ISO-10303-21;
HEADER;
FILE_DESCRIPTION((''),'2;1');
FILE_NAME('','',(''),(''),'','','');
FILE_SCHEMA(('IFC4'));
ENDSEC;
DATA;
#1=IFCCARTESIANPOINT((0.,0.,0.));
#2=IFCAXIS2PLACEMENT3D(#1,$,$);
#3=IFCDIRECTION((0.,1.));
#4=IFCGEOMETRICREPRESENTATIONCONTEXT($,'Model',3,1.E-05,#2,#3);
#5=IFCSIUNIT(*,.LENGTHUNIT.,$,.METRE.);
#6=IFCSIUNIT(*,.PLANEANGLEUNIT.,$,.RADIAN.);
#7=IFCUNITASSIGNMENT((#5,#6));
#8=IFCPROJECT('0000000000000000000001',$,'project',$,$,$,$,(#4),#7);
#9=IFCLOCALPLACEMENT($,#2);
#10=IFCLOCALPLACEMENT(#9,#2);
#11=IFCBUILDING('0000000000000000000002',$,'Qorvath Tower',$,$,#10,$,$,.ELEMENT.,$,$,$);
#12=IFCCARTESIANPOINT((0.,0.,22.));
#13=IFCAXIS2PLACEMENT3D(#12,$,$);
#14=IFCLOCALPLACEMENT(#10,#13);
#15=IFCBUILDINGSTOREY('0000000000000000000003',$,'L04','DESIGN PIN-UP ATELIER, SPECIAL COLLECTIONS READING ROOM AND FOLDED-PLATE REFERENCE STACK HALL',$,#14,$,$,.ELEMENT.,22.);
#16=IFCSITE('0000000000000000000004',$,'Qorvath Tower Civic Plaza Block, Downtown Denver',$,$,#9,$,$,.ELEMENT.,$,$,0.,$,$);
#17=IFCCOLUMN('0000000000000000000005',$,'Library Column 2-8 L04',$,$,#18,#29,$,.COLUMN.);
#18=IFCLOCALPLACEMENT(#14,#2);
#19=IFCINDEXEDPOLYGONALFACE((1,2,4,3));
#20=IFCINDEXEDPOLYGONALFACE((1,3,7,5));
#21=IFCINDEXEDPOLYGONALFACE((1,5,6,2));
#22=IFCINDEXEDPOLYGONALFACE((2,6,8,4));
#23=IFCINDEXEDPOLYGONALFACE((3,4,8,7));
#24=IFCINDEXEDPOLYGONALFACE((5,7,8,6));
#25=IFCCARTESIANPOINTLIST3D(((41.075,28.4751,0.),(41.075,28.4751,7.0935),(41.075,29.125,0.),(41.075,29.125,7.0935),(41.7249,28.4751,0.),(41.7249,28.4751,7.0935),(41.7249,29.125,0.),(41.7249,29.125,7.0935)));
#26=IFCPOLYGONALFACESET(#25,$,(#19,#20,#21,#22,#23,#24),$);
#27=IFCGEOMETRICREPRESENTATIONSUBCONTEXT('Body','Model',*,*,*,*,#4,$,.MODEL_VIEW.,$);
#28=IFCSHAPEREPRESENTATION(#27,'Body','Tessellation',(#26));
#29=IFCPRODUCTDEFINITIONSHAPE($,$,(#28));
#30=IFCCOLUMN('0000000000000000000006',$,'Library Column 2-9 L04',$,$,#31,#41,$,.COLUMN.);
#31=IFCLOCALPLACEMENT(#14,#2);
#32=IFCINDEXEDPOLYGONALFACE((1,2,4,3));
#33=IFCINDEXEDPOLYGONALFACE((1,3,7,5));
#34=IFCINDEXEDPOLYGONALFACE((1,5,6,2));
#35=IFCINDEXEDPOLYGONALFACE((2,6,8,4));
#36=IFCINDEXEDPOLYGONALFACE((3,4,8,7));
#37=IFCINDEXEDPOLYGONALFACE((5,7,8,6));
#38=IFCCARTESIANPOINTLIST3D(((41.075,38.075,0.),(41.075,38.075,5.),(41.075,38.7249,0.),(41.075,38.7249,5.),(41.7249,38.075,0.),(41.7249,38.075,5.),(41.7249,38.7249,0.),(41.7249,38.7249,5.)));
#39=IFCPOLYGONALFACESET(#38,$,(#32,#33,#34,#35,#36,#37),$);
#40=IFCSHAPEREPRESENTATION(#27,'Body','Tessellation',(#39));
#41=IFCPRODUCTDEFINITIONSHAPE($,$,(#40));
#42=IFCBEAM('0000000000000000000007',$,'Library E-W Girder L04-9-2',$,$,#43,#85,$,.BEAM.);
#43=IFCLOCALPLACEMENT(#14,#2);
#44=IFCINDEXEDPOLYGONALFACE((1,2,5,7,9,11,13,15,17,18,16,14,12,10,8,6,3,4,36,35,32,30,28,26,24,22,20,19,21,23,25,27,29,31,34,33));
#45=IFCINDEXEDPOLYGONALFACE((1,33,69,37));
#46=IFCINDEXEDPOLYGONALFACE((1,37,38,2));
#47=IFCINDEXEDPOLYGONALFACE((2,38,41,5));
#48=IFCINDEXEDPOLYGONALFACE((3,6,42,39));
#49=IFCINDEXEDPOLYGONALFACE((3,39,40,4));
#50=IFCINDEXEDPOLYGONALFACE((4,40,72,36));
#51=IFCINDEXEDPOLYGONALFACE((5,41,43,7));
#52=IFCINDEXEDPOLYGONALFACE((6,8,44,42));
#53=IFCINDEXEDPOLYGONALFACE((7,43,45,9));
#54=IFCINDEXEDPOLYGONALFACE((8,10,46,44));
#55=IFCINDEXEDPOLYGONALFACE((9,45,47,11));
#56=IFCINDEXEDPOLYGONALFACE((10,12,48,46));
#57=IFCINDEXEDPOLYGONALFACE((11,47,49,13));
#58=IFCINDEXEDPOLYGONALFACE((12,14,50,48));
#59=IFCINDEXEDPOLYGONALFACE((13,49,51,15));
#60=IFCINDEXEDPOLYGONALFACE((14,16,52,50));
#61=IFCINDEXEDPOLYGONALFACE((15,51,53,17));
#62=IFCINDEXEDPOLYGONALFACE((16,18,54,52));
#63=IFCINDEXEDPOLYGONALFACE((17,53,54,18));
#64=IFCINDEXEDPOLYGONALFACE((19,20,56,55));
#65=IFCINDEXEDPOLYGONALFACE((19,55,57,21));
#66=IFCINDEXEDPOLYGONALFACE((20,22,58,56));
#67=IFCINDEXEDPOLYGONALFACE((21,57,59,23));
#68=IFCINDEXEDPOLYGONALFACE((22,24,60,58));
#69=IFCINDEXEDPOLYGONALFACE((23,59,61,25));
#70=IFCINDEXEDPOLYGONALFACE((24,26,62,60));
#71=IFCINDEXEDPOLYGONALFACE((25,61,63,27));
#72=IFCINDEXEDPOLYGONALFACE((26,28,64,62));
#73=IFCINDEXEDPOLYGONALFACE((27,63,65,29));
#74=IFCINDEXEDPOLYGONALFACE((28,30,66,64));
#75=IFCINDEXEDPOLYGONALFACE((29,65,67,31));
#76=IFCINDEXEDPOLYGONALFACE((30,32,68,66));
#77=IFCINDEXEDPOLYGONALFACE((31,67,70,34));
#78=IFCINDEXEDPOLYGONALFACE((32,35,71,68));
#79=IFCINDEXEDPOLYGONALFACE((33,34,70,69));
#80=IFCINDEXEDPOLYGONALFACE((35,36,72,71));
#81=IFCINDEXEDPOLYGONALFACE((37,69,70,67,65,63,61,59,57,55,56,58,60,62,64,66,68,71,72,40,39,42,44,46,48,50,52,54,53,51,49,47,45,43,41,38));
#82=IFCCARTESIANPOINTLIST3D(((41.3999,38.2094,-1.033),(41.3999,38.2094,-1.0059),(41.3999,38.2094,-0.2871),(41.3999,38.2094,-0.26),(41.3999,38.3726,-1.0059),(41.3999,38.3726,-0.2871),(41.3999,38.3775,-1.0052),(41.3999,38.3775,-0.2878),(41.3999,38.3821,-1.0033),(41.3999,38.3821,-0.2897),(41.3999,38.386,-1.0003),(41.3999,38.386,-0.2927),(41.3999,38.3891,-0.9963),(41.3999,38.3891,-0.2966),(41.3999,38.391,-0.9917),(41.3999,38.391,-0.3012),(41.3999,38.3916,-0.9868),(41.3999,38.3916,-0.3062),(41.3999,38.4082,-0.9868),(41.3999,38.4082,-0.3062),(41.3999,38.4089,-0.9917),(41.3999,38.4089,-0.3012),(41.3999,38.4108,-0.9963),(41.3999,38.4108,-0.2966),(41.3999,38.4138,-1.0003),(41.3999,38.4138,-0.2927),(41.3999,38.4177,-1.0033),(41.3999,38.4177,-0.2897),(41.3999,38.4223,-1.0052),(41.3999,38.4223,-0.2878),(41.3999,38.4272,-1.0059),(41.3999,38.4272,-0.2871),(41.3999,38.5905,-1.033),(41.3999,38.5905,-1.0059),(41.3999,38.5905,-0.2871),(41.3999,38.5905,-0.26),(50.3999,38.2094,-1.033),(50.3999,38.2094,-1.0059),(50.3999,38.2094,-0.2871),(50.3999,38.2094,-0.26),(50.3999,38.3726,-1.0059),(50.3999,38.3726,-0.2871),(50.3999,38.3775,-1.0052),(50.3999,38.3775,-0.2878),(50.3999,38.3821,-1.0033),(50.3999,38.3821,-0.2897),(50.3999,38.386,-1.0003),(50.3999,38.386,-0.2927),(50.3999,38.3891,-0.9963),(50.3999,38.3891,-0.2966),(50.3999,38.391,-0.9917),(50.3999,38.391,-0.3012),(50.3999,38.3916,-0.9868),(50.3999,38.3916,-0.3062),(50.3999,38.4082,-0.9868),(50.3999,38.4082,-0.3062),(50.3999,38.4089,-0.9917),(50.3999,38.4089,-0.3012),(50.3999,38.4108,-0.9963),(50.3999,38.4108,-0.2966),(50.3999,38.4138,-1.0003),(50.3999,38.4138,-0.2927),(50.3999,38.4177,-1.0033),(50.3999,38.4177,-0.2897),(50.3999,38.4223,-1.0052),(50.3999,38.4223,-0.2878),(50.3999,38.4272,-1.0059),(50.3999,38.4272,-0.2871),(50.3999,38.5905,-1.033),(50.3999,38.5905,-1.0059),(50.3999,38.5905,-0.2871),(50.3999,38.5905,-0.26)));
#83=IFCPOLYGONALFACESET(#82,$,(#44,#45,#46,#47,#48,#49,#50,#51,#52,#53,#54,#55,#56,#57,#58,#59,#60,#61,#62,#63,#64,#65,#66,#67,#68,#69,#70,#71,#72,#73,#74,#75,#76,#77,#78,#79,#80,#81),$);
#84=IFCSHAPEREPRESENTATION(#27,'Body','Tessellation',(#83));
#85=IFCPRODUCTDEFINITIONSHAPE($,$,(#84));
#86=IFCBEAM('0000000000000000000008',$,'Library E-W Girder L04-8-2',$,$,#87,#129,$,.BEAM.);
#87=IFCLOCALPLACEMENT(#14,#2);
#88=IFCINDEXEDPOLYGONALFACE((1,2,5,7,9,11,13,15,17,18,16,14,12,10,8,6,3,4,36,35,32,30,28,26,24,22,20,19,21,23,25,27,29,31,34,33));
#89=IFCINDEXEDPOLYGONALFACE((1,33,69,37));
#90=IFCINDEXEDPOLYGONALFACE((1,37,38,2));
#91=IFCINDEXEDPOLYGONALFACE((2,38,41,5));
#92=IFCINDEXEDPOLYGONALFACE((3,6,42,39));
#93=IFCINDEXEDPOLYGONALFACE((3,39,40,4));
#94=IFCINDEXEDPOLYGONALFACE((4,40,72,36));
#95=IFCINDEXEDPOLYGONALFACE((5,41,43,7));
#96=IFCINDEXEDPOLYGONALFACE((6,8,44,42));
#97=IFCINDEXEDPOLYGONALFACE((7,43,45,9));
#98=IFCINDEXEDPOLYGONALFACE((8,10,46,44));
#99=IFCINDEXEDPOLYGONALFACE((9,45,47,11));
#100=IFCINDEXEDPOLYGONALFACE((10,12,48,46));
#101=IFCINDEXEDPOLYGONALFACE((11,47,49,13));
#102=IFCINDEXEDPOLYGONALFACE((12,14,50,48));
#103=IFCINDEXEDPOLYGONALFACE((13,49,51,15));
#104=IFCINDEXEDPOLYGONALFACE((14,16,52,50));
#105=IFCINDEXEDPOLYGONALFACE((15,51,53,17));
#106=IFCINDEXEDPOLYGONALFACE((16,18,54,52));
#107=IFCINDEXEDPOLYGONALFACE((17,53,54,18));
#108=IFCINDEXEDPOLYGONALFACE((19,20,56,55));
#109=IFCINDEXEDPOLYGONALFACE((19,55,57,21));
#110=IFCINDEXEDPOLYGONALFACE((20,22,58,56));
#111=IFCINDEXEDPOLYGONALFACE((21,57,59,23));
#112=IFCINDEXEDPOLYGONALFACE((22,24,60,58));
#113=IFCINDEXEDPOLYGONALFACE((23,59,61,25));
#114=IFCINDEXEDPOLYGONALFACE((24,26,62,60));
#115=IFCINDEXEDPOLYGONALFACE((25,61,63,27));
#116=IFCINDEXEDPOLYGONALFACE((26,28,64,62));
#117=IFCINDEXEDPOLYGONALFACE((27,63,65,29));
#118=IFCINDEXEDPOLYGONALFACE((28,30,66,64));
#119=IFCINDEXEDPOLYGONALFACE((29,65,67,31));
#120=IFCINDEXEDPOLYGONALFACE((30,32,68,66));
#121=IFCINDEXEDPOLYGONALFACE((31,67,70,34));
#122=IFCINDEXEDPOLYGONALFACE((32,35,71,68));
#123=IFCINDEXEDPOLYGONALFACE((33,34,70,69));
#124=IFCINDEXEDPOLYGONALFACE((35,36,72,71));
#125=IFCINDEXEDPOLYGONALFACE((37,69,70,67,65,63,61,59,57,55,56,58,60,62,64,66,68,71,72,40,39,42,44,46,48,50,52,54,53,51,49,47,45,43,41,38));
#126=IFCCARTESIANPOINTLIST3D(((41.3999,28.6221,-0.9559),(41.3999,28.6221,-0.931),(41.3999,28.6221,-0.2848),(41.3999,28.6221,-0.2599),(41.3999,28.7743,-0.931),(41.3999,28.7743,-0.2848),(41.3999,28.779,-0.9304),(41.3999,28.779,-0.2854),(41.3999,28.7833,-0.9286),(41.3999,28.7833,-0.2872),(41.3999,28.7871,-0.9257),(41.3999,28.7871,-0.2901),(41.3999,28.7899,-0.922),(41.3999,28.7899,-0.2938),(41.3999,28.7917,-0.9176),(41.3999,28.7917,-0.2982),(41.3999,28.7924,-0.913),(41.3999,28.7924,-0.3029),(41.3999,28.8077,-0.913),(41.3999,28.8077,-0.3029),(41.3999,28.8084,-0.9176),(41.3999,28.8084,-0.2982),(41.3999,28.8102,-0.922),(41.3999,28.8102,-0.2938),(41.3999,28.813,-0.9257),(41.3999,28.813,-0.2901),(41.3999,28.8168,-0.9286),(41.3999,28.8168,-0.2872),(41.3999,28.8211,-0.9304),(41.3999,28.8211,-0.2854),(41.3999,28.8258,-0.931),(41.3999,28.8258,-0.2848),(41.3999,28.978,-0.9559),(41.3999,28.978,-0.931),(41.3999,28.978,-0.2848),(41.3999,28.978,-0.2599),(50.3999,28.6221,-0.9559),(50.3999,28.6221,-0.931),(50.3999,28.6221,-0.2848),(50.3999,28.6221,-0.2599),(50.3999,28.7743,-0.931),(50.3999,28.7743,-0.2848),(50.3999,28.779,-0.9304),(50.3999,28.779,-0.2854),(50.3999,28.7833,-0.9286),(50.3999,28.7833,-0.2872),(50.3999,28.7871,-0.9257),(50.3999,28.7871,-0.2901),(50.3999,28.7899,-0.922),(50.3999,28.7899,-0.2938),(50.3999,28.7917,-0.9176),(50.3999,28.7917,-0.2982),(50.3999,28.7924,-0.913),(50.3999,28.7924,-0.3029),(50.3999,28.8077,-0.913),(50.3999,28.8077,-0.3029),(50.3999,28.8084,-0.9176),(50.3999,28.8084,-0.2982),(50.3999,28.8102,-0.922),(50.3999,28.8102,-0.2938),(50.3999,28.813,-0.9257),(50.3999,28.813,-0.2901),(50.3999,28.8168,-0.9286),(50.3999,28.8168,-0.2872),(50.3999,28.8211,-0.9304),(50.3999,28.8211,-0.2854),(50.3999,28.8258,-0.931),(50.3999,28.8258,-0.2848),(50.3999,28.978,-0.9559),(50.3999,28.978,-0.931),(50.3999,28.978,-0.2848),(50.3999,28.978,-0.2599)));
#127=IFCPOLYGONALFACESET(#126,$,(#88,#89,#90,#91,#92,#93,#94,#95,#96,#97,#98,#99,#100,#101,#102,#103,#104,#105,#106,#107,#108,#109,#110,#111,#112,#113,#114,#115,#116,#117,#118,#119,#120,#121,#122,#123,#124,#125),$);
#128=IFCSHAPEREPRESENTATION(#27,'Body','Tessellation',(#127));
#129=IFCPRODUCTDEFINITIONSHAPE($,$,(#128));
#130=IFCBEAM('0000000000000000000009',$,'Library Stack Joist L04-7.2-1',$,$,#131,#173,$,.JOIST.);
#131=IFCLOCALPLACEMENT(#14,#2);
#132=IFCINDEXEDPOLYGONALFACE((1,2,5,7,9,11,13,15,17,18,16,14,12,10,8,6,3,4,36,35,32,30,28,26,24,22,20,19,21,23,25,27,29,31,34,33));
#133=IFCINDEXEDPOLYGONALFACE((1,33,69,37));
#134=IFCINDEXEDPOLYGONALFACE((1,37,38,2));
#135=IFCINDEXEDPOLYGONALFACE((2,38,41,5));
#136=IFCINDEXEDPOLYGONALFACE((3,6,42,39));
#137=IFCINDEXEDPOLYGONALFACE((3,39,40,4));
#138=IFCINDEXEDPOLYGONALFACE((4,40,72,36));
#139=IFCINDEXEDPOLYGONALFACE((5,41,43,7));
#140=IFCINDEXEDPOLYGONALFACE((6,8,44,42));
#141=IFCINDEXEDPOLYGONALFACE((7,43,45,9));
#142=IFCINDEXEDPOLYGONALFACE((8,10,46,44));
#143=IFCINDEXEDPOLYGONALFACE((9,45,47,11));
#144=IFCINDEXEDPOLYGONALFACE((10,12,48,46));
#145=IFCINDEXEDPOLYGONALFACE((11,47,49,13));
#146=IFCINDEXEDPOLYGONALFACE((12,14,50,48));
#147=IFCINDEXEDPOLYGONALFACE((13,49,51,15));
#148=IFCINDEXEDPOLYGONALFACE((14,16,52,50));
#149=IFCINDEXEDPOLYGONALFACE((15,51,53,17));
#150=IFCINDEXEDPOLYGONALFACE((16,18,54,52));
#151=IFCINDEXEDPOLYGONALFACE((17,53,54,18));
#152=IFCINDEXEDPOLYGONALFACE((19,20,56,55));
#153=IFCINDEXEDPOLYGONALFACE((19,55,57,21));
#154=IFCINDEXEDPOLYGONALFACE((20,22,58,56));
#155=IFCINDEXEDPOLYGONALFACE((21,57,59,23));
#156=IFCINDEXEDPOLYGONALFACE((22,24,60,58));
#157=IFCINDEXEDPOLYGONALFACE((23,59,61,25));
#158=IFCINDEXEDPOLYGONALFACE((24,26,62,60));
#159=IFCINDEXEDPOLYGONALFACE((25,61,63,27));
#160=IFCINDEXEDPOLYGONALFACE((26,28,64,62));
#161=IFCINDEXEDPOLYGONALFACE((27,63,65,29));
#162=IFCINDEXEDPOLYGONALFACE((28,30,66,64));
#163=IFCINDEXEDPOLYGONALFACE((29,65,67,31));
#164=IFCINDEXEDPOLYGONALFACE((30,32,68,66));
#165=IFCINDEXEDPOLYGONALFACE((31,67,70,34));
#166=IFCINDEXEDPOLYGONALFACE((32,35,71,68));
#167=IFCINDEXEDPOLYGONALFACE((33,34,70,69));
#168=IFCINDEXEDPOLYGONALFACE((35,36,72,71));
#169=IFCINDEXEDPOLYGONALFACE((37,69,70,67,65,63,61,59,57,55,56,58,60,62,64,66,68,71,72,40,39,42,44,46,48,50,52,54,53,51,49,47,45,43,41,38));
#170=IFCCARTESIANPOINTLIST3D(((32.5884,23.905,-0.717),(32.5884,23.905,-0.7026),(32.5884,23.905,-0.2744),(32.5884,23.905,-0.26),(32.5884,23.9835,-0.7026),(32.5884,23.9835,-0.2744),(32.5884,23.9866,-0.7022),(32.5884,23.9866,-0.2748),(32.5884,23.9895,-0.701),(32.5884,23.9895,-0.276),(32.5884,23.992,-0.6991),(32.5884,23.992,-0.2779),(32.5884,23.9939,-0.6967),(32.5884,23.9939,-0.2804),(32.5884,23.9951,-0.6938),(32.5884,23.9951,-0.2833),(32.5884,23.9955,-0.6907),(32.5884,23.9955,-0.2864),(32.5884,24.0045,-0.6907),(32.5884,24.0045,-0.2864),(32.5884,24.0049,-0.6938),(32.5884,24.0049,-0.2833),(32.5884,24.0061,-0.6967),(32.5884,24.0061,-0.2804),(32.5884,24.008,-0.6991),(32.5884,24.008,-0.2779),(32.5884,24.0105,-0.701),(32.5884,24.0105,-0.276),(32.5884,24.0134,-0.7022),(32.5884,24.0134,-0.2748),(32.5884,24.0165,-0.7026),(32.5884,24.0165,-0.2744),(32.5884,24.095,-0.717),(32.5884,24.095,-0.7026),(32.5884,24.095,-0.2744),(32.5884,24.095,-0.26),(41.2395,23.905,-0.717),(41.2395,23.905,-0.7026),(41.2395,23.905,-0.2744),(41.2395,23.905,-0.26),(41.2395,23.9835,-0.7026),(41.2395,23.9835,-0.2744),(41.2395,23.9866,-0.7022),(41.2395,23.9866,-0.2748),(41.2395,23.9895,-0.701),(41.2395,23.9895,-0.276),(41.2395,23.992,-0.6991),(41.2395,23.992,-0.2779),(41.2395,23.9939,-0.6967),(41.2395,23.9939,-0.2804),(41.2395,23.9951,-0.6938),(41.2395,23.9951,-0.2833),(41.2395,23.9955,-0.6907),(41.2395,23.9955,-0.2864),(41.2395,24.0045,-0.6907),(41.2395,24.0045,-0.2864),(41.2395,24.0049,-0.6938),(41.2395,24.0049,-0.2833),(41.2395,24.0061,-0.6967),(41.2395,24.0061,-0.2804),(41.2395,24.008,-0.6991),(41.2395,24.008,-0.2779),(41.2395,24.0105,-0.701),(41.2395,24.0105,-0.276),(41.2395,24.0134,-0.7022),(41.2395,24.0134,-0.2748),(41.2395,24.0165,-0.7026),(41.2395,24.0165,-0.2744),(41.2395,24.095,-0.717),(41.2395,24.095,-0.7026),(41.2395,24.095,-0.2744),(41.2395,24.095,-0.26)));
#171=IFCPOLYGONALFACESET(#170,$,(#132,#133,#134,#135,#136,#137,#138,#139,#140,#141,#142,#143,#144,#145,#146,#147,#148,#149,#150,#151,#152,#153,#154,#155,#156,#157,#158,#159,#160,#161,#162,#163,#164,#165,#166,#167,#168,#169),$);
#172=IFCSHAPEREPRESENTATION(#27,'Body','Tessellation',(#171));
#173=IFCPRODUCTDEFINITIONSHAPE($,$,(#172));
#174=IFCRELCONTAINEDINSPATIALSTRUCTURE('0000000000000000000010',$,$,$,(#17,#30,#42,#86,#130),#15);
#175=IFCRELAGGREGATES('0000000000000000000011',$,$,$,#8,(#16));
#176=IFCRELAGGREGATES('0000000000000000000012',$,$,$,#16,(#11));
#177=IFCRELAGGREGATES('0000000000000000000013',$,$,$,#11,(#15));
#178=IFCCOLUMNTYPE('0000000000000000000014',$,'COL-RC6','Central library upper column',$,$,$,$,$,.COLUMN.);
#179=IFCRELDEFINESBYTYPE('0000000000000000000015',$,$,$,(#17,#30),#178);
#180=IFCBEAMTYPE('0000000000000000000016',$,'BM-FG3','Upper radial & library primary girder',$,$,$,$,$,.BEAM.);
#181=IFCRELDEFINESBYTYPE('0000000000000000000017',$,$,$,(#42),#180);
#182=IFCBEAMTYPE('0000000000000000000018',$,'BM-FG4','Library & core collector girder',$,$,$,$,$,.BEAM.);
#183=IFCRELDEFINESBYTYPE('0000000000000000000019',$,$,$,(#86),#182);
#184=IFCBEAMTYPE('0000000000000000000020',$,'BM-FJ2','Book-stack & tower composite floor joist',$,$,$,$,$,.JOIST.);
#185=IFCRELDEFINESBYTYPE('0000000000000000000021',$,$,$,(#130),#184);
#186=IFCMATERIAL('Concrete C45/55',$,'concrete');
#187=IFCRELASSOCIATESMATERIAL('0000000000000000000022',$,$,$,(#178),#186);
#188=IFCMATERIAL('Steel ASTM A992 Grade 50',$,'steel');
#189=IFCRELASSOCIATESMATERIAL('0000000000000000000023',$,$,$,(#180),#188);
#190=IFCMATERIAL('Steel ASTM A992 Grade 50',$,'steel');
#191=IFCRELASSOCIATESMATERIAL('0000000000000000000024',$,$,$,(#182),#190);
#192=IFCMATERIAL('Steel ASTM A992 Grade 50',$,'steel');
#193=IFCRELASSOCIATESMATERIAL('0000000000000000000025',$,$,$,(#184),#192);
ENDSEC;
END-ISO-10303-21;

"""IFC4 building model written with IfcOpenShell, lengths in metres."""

from ifc_helpers import new_model, si_unit, direction, frame, origin, origin_2d, place, context, subcontext, project, spatial, rectangle, i_section, extrude, material, material_profile, profile_set, type_object, element, save


model = new_model("IFC4")

# Units and contexts
model_context = context("Model", 3, precision=1e-05, world=origin(), true_north=direction((0.0, 1.0)))
body_context = subcontext(model_context, "Body", "Model", "MODEL_VIEW")
ifc_project = project(units=[si_unit("LENGTHUNIT", "METRE"), si_unit("PLANEANGLEUNIT", "RADIAN")], contexts=[model_context])

# Site, building, storey
site_placement = place(None, origin())
site = spatial("IfcSite", under=ifc_project, at=site_placement, Name="Qorvath Tower Civic Plaza Block, Downtown Denver", CompositionType="ELEMENT", RefElevation=0.0)
building_placement = place(site_placement, origin())
building = spatial("IfcBuilding", under=site, at=building_placement, Name="Qorvath Tower", CompositionType="ELEMENT")
storey_placement = place(building_placement, frame((0.0, 0.0, 22.0)))
storey = spatial("IfcBuildingStorey", under=building, at=storey_placement, Name="L04", Description="DESIGN PIN-UP ATELIER, SPECIAL COLLECTIONS READING ROOM AND FOLDED-PLATE REFERENCE STACK HALL", CompositionType="ELEMENT", Elevation=22.0)

# Columns
ifc_material_1 = material(Name="Concrete C45/55", Category="concrete")
ifc_material_profile_1 = material_profile(ifc_material_1, rectangle(XDim=0.6499, YDim=0.6499, at=origin_2d()), Name="RC 650x650")
ifc_profile_set_1 = profile_set([ifc_material_profile_1], Name="Concrete C45/55")
column_type = type_object("IfcColumnType", Name="COL-RC6", Description="Central library upper column", PredefinedType="COLUMN", material=ifc_profile_set_1)
column_1_placement = place(storey_placement, frame((41.3999, 28.8, 0.0), z_axis=(0.0, 0.0, 1.0), x_axis=(1.0, 0.0, 0.0)))
element("IfcColumn", 1, at=column_1_placement, inside=storey, type_object=column_type, Name="Library Column 2-8 L04", PredefinedType="COLUMN", context=body_context, shape_type="SweptSolid", body=[
    extrude(rectangle(XDim=0.6499, YDim=0.6499, at=origin_2d()), origin(), (0.0, 0.0, 1.0), 7.0935),
])
column_2_placement = place(storey_placement, frame((41.3999, 38.3999, 0.0), z_axis=(0.0, 0.0, 1.0), x_axis=(1.0, 0.0, 0.0)))
element("IfcColumn", 2, at=column_2_placement, inside=storey, type_object=column_type, Name="Library Column 2-9 L04", PredefinedType="COLUMN", context=body_context, shape_type="SweptSolid", body=[
    extrude(rectangle(XDim=0.6499, YDim=0.6499, at=origin_2d()), origin(), (0.0, 0.0, 1.0), 5.0),
])

# Beams
ifc_material_2 = material(Name="Steel ASTM A992 Grade 50", Category="steel")
ifc_material_profile_2 = material_profile(ifc_material_2, i_section(OverallWidth=0.3811, OverallDepth=0.7729, WebThickness=0.0166, FlangeThickness=0.0271, FilletRadius=0.019, at=origin_2d()), Name="W30x173")
ifc_profile_set_2 = profile_set([ifc_material_profile_2], Name="Steel ASTM A992 Grade 50")
beam_type_1 = type_object("IfcBeamType", Name="BM-FG3", Description="Upper radial & library primary girder", PredefinedType="BEAM", material=ifc_profile_set_2)
beam_1_placement = place(storey_placement, frame((41.3999, 38.3999, -0.6465), z_axis=(1.0, 0.0, 0.0), x_axis=(0.0, 1.0, 0.0)))
element("IfcBeam", 3, at=beam_1_placement, inside=storey, type_object=beam_type_1, Name="Library E-W Girder L04-9-2", PredefinedType="BEAM", context=body_context, shape_type="SweptSolid", body=[
    extrude(i_section(OverallWidth=0.3811, OverallDepth=0.7729, WebThickness=0.0166, FlangeThickness=0.0271, FilletRadius=0.019, at=origin_2d()), origin(), (0.0, 0.0, 1.0), 9.0),
])
ifc_material_3 = material(Name="Steel ASTM A992 Grade 50", Category="steel")
ifc_material_profile_3 = material_profile(ifc_material_3, i_section(OverallWidth=0.356, OverallDepth=0.696, WebThickness=0.0154, FlangeThickness=0.0249, FilletRadius=0.0181, at=origin_2d()), Name="W27x146")
ifc_profile_set_3 = profile_set([ifc_material_profile_3], Name="Steel ASTM A992 Grade 50")
beam_type_2 = type_object("IfcBeamType", Name="BM-FG4", Description="Library & core collector girder", PredefinedType="BEAM", material=ifc_profile_set_3)
beam_2_placement = place(storey_placement, frame((41.3999, 28.8, -0.6079), z_axis=(1.0, 0.0, 0.0), x_axis=(0.0, 1.0, 0.0)))
element("IfcBeam", 4, at=beam_2_placement, inside=storey, type_object=beam_type_2, Name="Library E-W Girder L04-8-2", PredefinedType="BEAM", context=body_context, shape_type="SweptSolid", body=[
    extrude(i_section(OverallWidth=0.356, OverallDepth=0.696, WebThickness=0.0154, FlangeThickness=0.0249, FilletRadius=0.0181, at=origin_2d()), origin(), (0.0, 0.0, 1.0), 9.0),
])
ifc_material_4 = material(Name="Steel ASTM A992 Grade 50", Category="steel")
ifc_material_profile_4 = material_profile(ifc_material_4, i_section(OverallWidth=0.1899, OverallDepth=0.457, WebThickness=0.009, FlangeThickness=0.0144, FilletRadius=0.012, at=origin_2d()), Name="W18x50")
ifc_profile_set_4 = profile_set([ifc_material_profile_4], Name="Steel ASTM A992 Grade 50")
beam_type_3 = type_object("IfcBeamType", Name="BM-FJ2", Description="Book-stack & tower composite floor joist", PredefinedType="JOIST", material=ifc_profile_set_4)
beam_3_placement = place(storey_placement, frame((32.5884, 24.0, -0.4885), z_axis=(1.0, 0.0, 0.0), x_axis=(0.0, 1.0, 0.0)))
element("IfcBeam", 5, at=beam_3_placement, inside=storey, type_object=beam_type_3, Name="Library Stack Joist L04-7.2-1", PredefinedType="JOIST", context=body_context, shape_type="SweptSolid", body=[
    extrude(i_section(OverallWidth=0.1899, OverallDepth=0.457, WebThickness=0.009, FlangeThickness=0.0144, FilletRadius=0.012, at=origin_2d()), origin(), (0.0, 0.0, 1.0), 8.6511),
])

save(model, "model.ifc")
